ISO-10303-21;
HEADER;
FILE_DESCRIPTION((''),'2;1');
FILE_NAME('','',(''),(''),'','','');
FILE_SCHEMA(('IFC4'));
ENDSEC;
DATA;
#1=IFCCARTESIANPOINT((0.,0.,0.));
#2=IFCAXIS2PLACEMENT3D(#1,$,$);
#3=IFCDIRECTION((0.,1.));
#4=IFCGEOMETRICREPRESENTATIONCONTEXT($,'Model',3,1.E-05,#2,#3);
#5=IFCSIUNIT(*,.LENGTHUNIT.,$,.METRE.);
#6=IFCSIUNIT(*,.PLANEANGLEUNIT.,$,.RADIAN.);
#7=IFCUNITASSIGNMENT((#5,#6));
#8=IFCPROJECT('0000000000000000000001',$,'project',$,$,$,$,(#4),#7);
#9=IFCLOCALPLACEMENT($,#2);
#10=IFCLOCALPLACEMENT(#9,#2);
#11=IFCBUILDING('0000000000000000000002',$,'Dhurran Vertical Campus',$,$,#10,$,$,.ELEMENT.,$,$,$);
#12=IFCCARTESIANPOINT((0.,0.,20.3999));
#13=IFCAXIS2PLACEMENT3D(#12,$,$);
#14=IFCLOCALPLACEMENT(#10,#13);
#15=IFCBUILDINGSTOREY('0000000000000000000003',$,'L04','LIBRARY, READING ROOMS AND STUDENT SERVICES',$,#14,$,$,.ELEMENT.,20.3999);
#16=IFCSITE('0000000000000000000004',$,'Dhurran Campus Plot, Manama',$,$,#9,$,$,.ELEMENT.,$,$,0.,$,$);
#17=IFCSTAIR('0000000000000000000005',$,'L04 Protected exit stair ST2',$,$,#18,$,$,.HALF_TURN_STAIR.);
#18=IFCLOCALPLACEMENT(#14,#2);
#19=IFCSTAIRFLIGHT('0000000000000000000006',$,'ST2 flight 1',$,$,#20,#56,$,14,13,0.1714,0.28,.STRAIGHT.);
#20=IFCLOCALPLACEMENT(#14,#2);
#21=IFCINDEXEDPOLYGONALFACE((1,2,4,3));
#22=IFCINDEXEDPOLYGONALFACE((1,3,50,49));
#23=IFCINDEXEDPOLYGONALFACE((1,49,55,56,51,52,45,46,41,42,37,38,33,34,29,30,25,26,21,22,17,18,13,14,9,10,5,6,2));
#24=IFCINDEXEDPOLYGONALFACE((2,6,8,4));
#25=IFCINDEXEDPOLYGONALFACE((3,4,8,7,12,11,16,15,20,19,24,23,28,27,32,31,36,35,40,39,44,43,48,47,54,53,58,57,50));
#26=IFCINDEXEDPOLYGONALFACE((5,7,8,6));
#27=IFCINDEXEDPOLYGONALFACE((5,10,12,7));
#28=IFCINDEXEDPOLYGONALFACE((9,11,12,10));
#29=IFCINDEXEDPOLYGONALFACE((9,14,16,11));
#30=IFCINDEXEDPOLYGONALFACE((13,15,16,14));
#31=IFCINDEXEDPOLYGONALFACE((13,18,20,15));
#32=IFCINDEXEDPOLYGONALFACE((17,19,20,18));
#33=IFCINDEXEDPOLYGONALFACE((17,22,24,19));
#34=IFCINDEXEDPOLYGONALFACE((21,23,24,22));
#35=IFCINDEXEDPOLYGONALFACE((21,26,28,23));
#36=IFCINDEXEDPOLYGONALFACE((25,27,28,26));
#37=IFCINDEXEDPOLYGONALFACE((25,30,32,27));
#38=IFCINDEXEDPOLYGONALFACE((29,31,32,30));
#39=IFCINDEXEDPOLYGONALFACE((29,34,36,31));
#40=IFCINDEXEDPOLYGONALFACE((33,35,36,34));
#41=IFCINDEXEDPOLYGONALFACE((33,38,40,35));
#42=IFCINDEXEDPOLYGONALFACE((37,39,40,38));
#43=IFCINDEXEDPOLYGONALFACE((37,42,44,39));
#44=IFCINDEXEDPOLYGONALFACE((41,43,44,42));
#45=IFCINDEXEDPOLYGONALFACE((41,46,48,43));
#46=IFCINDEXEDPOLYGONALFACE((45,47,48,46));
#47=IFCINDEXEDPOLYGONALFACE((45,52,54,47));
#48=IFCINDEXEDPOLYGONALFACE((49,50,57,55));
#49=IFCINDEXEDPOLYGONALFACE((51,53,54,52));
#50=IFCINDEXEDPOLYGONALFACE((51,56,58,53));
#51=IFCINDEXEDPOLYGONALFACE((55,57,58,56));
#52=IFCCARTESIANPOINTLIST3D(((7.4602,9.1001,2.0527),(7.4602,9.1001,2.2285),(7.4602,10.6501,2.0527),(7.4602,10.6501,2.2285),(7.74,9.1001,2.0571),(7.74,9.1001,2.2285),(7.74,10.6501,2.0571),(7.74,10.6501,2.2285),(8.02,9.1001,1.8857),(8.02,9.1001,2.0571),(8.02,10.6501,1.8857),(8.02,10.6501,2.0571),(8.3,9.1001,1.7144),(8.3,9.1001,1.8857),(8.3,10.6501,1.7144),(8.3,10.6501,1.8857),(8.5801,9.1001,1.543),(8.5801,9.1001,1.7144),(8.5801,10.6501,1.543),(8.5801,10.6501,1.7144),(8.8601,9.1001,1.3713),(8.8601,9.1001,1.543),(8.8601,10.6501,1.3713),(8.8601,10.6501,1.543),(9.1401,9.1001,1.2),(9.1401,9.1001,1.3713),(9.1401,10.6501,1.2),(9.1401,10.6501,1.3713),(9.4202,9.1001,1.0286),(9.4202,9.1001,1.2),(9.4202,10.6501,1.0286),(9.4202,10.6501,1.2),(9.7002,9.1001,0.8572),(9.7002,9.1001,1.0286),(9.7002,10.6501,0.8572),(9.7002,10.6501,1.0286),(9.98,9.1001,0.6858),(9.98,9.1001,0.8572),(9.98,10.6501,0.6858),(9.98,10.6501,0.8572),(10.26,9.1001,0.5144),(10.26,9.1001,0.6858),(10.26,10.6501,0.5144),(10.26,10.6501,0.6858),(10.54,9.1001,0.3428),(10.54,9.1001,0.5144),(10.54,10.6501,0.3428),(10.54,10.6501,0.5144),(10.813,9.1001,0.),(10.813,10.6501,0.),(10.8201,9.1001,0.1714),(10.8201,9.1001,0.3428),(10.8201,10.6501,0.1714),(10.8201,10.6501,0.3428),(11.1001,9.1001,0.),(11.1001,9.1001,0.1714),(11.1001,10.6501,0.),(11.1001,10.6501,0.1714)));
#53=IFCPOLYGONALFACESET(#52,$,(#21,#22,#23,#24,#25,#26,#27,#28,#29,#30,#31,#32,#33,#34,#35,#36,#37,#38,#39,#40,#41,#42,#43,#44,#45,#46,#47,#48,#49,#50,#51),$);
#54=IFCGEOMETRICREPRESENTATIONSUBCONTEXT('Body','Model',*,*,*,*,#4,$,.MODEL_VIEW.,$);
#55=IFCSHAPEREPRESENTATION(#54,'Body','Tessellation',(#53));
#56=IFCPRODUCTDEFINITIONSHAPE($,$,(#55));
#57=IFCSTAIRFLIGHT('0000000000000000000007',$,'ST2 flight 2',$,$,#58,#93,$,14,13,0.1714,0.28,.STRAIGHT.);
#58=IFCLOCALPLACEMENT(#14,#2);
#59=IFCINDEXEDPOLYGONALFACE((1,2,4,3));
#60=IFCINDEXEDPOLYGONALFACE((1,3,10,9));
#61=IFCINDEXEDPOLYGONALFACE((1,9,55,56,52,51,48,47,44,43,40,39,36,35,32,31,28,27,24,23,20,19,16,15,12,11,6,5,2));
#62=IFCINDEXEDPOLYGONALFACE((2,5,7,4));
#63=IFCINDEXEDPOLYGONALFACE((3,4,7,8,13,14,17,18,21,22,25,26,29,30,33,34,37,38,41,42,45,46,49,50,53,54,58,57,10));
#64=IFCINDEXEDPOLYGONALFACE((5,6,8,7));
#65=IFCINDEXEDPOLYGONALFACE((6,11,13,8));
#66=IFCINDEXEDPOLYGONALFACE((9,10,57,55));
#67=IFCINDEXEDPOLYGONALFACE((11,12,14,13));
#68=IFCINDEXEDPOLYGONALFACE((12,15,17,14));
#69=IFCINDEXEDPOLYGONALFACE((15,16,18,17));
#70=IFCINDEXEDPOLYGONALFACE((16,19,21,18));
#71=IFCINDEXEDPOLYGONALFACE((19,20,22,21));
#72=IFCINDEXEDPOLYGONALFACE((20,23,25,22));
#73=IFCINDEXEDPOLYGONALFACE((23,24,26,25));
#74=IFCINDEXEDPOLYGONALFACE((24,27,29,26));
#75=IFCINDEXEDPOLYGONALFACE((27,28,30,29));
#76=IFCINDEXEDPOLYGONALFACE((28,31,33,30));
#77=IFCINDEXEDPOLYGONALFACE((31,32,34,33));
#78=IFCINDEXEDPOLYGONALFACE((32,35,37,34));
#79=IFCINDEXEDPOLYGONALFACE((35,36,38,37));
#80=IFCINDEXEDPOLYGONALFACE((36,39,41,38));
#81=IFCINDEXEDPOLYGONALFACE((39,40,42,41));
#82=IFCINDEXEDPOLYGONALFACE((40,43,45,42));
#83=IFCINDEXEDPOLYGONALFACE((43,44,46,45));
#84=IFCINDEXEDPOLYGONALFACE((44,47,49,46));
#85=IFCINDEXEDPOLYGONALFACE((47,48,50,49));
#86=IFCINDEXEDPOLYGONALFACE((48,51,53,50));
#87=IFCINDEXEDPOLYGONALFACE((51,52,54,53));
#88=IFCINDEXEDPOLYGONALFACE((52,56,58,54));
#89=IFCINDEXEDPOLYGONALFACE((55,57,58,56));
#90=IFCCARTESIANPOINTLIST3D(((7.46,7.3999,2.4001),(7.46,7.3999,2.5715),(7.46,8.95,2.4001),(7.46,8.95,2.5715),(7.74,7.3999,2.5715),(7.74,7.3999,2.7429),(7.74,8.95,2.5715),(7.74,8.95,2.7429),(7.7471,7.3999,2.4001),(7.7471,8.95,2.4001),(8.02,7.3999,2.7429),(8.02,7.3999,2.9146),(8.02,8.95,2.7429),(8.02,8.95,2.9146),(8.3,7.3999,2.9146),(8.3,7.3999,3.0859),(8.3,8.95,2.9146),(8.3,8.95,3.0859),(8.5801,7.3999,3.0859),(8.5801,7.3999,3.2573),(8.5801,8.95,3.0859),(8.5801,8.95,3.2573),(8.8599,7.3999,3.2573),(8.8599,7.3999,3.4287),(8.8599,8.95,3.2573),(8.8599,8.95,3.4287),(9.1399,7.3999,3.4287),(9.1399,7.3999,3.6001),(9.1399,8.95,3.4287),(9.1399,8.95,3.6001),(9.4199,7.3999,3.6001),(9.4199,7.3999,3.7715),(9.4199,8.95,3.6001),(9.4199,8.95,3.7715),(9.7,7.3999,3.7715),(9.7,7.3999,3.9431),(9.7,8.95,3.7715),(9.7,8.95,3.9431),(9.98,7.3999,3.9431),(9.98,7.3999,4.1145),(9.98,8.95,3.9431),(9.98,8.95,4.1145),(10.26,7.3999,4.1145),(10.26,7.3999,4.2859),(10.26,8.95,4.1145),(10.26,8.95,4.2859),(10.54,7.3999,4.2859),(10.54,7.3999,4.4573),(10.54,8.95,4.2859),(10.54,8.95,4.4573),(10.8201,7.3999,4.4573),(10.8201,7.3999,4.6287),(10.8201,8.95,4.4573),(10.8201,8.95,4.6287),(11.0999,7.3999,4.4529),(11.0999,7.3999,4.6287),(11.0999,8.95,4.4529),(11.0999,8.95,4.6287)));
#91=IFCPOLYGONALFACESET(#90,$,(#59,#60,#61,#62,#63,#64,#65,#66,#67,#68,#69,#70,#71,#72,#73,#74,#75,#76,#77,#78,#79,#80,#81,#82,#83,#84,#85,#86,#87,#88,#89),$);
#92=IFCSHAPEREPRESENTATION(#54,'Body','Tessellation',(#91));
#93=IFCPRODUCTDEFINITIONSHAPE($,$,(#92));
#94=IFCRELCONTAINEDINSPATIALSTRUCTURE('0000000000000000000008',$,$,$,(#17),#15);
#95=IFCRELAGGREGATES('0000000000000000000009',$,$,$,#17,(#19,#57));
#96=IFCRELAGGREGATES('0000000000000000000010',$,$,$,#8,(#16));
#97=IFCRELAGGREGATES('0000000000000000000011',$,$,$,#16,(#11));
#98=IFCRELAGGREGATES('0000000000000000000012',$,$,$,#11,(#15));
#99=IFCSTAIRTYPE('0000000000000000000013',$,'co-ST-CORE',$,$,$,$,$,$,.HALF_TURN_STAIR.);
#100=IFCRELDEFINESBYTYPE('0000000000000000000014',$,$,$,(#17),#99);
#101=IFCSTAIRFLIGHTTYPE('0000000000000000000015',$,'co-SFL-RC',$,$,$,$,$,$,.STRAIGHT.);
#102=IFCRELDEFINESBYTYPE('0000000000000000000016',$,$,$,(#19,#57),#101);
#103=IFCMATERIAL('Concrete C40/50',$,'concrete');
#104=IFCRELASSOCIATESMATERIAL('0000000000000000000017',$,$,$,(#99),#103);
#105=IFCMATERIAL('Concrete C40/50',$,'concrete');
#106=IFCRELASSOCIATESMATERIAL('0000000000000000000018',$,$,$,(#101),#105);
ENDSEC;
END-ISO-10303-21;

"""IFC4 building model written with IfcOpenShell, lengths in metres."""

from ifc_helpers import new_model, si_unit, direction, frame, origin, place, context, subcontext, project, spatial, polyline, outline, extrude, material, type_object, element, aggregate, save


model = new_model("IFC4")

# Units and contexts
model_context = context("Model", 3, precision=1e-05, world=origin(), true_north=direction((0.0, 1.0)))
body_context = subcontext(model_context, "Body", "Model", "MODEL_VIEW")
ifc_project = project(units=[si_unit("LENGTHUNIT", "METRE"), si_unit("PLANEANGLEUNIT", "RADIAN")], contexts=[model_context])

# Site, building, storey
site_placement = place(None, origin())
site = spatial("IfcSite", under=ifc_project, at=site_placement, Name="Dhurran Campus Plot, Manama", CompositionType="ELEMENT", RefElevation=0.0)
building_placement = place(site_placement, origin())
building = spatial("IfcBuilding", under=site, at=building_placement, Name="Dhurran Vertical Campus", CompositionType="ELEMENT")
storey_placement = place(building_placement, frame((0.0, 0.0, 20.3999)))
storey = spatial("IfcBuildingStorey", under=building, at=storey_placement, Name="L04", Description="LIBRARY, READING ROOMS AND STUDENT SERVICES", CompositionType="ELEMENT", Elevation=20.3999)

# Stair, stair flights
ifc_material_1 = material(Name="Concrete C40/50", Category="concrete")
stair_type = type_object("IfcStairType", Name="co-ST-CORE", PredefinedType="HALF_TURN_STAIR", material=ifc_material_1)
stair_placement = place(storey_placement, origin())
stair = element("IfcStair", 1, at=stair_placement, inside=storey, type_object=stair_type, Name="L04 Protected exit stair ST2", PredefinedType="HALF_TURN_STAIR")
ifc_material_2 = material(Name="Concrete C40/50", Category="concrete")
stair_flight_type = type_object("IfcStairFlightType", Name="co-SFL-RC", PredefinedType="STRAIGHT", material=ifc_material_2)
stair_flight_1_placement = place(storey_placement, frame((11.1001, 9.875, 0.0), z_axis=(0.0, 0.0, 1.0), x_axis=(-1.0, 0.0, 0.0)))
stair_flight_1 = element("IfcStairFlight", 2, at=stair_flight_1_placement, type_object=stair_flight_type, Name="ST2 flight 1", NumberOfRisers=14, NumberOfTreads=13, PredefinedType="STRAIGHT", RiserHeight=0.1714, TreadLength=0.28, context=body_context, shape_type="SweptSolid", body=[
    extrude(outline(polyline([(0.0, 0.0), (0.0, 0.1714), (0.28, 0.1714), (0.28, 0.3428), (0.5601, 0.3428), (0.5601, 0.5144), (0.8401, 0.5144), (0.8401, 0.6858), (1.1201, 0.6858), (1.1201, 0.8572), (1.3999, 0.8572), (1.3999, 1.0286), (1.6799, 1.0286), (1.6799, 1.2), (1.96, 1.2), (1.96, 1.3713), (2.24, 1.3713), (2.24, 1.543), (2.52, 1.543), (2.52, 1.7144), (2.8, 1.7144), (2.8, 1.8857), (3.0801, 1.8857), (3.0801, 2.0571), (3.3601, 2.0571), (3.3601, 2.2285), (3.6399, 2.2285), (3.6399, 2.3999), (3.6399, 2.0527), (0.2871, 0.0), (0.0, 0.0)])), frame((0.0, 0.7749, 0.0), z_axis=(0.0, -1.0, 0.0), x_axis=(1.0, 0.0, 0.0)), (0.0, 0.0, 1.0), 1.55),
])
stair_flight_2_placement = place(storey_placement, frame((7.46, 8.175, 2.4001), z_axis=(0.0, 0.0, 1.0), x_axis=(1.0, 0.0, 0.0)))
stair_flight_2 = element("IfcStairFlight", 3, at=stair_flight_2_placement, type_object=stair_flight_type, Name="ST2 flight 2", NumberOfRisers=14, NumberOfTreads=13, PredefinedType="STRAIGHT", RiserHeight=0.1714, TreadLength=0.28, context=body_context, shape_type="SweptSolid", body=[
    extrude(outline(polyline([(0.0, 0.0), (0.0, 0.1714), (0.28, 0.1714), (0.28, 0.3428), (0.5601, 0.3428), (0.5601, 0.5144), (0.8401, 0.5144), (0.8401, 0.6858), (1.1201, 0.6858), (1.1201, 0.8572), (1.3999, 0.8572), (1.3999, 1.0286), (1.6799, 1.0286), (1.6799, 1.2), (1.96, 1.2), (1.96, 1.3713), (2.24, 1.3713), (2.24, 1.543), (2.52, 1.543), (2.52, 1.7144), (2.8, 1.7144), (2.8, 1.8857), (3.0801, 1.8857), (3.0801, 2.0571), (3.3601, 2.0571), (3.3601, 2.2285), (3.6399, 2.2285), (3.6399, 2.3999), (3.6399, 2.0527), (0.2871, 0.0), (0.0, 0.0)])), frame((0.0, 0.7749, 0.0), z_axis=(0.0, -1.0, 0.0), x_axis=(1.0, 0.0, 0.0)), (0.0, 0.0, 1.0), 1.55),
])
aggregate(stair, [stair_flight_1, stair_flight_2])

save(model, "model.ifc")
